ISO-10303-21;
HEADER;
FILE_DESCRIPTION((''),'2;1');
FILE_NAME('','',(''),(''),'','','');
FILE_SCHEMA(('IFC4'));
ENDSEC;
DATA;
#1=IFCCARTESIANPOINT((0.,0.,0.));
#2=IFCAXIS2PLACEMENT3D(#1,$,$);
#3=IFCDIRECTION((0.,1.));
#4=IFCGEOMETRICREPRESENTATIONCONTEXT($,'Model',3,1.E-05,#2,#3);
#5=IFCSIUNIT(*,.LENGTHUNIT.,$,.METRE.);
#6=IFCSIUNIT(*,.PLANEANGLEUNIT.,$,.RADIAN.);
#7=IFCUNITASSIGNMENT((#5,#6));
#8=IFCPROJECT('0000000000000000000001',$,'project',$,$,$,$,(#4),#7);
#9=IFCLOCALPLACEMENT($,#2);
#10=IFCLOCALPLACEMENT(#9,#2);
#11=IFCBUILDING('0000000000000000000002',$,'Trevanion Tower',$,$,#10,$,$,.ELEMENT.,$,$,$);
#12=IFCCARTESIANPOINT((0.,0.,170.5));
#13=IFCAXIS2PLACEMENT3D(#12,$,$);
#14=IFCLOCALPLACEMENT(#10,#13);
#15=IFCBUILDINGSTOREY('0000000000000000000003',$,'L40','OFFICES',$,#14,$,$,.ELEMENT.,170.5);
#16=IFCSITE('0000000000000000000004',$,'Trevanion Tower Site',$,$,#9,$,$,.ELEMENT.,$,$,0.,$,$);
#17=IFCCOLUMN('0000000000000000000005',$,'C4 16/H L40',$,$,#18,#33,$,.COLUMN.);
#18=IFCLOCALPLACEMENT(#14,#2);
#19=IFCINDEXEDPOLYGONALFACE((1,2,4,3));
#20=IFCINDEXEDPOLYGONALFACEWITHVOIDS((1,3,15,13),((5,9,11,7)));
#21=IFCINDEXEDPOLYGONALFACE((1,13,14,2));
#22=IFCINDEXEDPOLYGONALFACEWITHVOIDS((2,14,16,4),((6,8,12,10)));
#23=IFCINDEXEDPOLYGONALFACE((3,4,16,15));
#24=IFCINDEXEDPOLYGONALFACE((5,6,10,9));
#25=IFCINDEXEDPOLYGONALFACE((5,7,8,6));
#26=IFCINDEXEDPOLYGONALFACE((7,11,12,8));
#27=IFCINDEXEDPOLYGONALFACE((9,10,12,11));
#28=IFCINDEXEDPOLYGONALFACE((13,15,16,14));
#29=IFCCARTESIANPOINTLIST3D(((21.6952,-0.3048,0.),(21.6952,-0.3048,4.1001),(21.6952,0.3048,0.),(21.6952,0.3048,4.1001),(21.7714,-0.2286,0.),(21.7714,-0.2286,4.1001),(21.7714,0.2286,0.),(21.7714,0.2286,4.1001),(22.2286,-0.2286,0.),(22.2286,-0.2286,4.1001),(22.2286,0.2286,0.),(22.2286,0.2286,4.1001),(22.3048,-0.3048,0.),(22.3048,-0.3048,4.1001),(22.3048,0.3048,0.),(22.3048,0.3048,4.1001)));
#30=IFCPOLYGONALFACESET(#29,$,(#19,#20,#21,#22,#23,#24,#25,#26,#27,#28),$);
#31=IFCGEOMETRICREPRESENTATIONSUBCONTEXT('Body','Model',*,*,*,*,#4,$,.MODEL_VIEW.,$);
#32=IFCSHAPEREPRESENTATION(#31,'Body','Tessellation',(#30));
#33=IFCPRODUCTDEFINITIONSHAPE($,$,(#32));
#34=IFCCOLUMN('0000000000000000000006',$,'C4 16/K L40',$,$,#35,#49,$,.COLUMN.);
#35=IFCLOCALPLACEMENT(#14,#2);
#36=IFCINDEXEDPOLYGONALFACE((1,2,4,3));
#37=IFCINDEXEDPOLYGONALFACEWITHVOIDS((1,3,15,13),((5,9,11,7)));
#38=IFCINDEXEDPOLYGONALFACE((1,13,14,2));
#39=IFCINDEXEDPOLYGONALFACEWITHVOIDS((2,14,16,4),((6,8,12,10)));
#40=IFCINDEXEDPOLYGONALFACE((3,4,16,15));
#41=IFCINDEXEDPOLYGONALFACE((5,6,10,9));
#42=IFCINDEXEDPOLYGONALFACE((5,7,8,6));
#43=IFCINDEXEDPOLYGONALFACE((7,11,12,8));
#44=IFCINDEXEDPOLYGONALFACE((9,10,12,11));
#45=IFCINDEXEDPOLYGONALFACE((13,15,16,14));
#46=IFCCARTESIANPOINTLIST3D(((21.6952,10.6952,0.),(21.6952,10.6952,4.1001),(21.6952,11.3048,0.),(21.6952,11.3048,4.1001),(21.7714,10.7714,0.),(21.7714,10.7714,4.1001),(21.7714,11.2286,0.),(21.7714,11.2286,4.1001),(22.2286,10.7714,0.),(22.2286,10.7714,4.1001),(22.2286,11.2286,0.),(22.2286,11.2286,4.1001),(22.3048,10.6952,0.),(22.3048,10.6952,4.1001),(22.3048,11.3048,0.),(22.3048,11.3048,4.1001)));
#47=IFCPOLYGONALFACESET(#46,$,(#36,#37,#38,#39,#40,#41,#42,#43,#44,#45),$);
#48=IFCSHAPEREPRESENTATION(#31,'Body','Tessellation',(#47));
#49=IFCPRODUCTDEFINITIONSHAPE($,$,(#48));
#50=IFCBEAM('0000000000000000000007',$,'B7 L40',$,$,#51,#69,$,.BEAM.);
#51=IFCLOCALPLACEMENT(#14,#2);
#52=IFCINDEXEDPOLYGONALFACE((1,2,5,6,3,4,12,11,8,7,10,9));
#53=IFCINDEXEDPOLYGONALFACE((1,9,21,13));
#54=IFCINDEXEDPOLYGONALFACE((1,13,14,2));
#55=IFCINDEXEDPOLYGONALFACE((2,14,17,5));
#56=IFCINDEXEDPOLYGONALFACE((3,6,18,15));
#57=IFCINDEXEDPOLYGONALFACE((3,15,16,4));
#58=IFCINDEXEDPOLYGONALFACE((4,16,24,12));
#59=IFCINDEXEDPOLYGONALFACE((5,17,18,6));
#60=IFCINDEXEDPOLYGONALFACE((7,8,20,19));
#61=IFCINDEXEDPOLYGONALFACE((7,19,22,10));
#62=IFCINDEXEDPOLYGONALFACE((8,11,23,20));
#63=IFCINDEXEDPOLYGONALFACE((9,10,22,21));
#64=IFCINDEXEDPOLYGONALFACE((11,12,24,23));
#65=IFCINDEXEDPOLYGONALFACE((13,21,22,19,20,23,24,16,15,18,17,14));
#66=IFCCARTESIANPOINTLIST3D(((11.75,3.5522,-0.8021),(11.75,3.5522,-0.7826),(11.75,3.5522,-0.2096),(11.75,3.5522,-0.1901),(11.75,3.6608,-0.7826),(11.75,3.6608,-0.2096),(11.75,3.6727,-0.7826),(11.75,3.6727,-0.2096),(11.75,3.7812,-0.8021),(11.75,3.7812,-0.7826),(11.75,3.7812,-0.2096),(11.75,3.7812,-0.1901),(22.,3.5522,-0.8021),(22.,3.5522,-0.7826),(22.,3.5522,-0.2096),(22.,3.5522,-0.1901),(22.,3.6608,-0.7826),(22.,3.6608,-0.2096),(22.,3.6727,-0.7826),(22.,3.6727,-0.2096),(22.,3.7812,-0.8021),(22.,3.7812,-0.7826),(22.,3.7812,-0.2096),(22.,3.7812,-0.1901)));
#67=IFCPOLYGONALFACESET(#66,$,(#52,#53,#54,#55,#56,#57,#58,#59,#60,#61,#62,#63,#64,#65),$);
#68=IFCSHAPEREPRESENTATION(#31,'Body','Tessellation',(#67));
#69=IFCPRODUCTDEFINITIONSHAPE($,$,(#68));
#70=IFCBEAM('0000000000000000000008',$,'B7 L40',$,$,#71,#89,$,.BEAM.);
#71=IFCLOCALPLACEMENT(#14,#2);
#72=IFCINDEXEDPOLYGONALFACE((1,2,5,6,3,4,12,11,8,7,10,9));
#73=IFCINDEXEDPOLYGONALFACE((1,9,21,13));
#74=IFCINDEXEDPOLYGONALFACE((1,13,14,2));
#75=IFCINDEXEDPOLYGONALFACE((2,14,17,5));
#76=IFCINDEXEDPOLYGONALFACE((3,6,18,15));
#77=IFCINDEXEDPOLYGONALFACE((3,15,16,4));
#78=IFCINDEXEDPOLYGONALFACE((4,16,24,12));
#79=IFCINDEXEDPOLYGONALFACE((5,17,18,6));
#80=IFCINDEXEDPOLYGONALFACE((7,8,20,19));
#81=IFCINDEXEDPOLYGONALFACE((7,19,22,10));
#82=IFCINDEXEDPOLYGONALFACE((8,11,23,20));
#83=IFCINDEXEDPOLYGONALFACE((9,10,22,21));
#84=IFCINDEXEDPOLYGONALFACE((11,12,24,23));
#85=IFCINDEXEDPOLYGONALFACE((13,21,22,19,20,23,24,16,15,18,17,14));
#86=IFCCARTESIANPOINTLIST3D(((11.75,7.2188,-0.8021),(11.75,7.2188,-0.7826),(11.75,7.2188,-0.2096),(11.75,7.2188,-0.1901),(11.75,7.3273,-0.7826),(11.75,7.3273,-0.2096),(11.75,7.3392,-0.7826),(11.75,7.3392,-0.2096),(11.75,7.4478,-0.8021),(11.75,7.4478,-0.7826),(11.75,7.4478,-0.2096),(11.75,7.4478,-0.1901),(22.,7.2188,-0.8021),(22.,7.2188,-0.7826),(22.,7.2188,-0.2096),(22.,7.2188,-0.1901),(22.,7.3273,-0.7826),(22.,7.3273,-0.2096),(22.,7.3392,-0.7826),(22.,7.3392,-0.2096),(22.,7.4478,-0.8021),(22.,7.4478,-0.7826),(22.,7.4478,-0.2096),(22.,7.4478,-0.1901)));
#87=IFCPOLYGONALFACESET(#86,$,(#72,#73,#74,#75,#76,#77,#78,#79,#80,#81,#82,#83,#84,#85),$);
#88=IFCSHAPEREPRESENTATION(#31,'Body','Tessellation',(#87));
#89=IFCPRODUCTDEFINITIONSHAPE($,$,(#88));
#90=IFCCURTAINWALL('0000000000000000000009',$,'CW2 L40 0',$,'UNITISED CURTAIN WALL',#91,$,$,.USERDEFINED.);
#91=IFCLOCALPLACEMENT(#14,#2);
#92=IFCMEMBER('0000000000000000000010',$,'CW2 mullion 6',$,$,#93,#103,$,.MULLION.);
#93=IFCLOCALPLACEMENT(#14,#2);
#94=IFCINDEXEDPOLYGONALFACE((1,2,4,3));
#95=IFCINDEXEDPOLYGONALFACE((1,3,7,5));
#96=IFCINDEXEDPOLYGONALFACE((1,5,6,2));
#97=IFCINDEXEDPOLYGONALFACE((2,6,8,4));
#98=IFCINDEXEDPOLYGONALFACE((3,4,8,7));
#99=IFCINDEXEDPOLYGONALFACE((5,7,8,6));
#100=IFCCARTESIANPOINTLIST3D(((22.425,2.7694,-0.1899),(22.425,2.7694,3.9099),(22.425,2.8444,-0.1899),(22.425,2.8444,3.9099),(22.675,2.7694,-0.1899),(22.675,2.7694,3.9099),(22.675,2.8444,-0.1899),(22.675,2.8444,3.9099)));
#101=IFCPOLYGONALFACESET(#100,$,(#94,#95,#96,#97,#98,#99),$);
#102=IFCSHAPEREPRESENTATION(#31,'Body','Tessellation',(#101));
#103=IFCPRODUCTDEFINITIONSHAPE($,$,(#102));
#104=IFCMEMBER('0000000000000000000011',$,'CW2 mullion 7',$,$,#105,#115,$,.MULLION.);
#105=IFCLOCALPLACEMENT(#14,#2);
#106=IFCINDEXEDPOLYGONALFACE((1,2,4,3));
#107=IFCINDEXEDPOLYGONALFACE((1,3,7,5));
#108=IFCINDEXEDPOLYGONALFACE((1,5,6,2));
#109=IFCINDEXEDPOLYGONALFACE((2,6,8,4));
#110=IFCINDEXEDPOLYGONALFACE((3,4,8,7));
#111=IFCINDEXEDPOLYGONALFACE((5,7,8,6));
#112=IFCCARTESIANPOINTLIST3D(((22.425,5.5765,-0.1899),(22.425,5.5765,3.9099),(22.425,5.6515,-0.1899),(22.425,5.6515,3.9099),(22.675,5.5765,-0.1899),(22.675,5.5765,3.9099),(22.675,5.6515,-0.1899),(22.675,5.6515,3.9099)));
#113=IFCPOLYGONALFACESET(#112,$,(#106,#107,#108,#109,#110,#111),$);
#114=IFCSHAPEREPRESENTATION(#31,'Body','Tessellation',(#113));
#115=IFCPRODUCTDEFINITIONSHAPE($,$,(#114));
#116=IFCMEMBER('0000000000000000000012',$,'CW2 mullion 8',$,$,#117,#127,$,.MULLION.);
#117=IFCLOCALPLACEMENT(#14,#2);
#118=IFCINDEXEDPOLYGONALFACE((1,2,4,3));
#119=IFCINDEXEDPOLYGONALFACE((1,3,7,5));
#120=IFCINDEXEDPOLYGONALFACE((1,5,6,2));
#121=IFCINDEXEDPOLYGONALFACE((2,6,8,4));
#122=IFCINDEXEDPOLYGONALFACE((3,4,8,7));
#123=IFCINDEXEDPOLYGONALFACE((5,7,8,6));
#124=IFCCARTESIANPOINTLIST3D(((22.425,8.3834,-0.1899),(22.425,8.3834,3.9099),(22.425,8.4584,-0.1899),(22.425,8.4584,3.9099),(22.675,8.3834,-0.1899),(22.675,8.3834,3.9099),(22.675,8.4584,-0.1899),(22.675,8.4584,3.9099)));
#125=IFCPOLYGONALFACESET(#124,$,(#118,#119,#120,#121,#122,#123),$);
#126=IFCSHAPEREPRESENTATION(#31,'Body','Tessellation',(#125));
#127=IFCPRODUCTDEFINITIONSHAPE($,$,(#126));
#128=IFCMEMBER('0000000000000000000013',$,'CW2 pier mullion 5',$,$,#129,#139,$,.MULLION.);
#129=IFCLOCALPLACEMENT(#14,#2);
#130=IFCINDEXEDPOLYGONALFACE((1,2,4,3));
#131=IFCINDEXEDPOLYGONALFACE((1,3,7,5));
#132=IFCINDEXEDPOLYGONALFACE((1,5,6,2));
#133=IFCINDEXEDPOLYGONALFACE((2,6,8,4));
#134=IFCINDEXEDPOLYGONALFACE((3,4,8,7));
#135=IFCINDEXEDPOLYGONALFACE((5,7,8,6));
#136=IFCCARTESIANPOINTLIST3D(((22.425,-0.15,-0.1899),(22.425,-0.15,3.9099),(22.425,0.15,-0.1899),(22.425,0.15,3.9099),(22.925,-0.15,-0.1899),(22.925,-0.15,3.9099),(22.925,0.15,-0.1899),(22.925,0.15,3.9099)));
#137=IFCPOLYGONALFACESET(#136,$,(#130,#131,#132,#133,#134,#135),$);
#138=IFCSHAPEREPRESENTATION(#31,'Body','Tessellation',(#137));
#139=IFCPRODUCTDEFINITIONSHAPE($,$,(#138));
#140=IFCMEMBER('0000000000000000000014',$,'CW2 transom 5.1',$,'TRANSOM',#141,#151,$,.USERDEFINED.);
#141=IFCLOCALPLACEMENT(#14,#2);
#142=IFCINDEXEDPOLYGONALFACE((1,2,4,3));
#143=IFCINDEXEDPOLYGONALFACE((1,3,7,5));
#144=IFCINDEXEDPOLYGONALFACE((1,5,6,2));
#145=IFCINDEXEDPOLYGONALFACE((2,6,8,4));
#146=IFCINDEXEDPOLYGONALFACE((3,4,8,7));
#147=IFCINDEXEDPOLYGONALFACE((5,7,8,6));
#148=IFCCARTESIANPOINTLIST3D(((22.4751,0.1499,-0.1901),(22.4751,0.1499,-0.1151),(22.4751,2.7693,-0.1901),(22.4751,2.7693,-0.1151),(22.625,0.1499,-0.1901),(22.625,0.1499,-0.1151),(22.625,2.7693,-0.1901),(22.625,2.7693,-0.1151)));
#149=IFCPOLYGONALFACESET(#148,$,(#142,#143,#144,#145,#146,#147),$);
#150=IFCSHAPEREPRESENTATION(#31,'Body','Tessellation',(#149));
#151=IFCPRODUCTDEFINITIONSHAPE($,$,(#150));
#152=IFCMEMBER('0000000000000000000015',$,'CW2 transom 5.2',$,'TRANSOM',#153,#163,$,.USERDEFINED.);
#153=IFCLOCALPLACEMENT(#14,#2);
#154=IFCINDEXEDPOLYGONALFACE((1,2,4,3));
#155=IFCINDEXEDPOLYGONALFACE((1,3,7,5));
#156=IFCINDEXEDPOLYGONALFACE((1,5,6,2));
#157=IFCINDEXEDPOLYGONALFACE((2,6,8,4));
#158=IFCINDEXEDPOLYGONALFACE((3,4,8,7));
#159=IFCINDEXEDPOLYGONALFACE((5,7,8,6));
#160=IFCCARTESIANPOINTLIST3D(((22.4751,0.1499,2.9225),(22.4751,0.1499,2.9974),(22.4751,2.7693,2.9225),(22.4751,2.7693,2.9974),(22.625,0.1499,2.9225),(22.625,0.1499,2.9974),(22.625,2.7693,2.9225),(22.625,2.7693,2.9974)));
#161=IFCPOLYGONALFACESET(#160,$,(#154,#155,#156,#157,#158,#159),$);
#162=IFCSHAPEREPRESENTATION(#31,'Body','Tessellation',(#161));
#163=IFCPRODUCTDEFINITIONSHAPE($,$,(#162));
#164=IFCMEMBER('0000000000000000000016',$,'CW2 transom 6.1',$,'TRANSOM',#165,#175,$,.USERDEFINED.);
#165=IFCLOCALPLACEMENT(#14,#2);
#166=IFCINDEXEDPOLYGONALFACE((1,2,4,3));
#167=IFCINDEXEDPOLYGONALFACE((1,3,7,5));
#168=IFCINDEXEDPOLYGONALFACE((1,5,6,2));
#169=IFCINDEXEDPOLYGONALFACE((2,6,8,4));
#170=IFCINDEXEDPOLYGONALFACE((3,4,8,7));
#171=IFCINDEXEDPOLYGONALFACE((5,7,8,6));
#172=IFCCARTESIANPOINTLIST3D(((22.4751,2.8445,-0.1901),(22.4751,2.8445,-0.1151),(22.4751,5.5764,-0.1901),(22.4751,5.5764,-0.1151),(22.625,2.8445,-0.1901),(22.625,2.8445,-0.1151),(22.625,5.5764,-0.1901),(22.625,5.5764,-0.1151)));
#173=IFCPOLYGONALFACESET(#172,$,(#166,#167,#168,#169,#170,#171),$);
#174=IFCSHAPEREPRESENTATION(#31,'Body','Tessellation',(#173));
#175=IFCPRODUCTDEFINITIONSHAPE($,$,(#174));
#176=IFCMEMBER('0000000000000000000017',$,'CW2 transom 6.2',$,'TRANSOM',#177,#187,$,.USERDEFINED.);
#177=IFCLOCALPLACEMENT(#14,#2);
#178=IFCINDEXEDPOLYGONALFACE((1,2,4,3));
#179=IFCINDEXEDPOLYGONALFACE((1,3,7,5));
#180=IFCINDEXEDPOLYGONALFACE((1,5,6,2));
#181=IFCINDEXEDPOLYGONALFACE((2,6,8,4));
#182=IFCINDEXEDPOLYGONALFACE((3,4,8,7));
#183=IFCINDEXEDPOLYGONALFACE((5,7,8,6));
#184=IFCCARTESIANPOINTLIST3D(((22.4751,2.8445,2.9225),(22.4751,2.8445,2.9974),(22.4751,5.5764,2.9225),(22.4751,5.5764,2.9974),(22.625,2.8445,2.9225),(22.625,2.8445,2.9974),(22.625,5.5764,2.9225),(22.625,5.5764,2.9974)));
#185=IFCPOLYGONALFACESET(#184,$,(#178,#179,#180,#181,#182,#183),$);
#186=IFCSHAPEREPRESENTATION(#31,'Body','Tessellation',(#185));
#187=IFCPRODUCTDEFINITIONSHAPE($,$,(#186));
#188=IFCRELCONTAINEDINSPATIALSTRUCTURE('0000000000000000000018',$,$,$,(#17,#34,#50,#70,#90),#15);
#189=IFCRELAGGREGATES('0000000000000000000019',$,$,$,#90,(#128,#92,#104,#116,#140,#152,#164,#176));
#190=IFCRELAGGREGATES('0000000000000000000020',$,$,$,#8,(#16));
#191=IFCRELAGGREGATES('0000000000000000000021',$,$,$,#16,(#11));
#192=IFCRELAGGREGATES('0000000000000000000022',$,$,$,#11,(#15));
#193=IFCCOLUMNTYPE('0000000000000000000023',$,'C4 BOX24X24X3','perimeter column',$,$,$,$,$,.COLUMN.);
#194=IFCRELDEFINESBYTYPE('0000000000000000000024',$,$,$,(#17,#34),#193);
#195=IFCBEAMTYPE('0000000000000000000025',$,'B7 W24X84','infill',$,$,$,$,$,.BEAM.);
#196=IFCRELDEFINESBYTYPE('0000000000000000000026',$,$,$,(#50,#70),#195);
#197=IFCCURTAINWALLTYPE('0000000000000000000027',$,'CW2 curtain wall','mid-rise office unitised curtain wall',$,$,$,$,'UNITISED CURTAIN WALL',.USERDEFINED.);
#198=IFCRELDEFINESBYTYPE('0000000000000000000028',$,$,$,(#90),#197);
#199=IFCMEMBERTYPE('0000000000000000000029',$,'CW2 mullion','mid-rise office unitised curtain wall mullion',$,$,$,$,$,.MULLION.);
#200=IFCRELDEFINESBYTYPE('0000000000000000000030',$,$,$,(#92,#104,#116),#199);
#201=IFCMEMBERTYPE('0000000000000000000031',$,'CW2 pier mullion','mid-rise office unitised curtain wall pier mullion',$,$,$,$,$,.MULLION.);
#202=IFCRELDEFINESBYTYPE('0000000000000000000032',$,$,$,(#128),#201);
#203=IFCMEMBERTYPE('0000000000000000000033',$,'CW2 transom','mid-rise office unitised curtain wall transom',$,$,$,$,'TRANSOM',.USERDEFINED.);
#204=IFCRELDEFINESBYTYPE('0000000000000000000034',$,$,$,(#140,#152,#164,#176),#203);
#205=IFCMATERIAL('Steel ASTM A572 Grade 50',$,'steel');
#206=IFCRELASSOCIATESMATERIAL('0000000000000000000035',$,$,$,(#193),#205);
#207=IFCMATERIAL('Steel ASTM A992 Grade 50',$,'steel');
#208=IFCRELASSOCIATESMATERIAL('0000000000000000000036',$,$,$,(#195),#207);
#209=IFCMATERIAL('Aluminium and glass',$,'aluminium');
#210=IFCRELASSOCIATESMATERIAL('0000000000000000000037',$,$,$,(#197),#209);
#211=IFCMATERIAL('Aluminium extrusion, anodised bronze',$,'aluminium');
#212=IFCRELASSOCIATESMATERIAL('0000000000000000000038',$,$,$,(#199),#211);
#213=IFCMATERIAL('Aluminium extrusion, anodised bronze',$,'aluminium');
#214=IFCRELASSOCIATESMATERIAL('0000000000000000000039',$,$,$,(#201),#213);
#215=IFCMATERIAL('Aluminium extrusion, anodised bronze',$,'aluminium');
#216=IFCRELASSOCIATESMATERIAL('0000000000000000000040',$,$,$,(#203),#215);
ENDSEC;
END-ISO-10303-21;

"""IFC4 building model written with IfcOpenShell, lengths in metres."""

from ifc_helpers import new_model, si_unit, direction, frame, origin, origin_2d, place, context, subcontext, project, spatial, rectangle, hollow_rectangle, i_section, extrude, material, material_profile, profile_set, type_object, element, aggregate, save


model = new_model("IFC4")

# Units and contexts
model_context = context("Model", 3, precision=1e-05, world=origin(), true_north=direction((0.0, 1.0)))
body_context = subcontext(model_context, "Body", "Model", "MODEL_VIEW")
ifc_project = project(units=[si_unit("LENGTHUNIT", "METRE"), si_unit("PLANEANGLEUNIT", "RADIAN")], contexts=[model_context])

# Site, building, storey
site_placement = place(None, origin())
site = spatial("IfcSite", under=ifc_project, at=site_placement, Name="Trevanion Tower Site", CompositionType="ELEMENT", RefElevation=0.0)
building_placement = place(site_placement, origin())
building = spatial("IfcBuilding", under=site, at=building_placement, Name="Trevanion Tower", CompositionType="ELEMENT")
storey_placement = place(building_placement, frame((0.0, 0.0, 170.5)))
storey = spatial("IfcBuildingStorey", under=building, at=storey_placement, Name="L40", Description="OFFICES", CompositionType="ELEMENT", Elevation=170.5)

# Columns
ifc_material_1 = material(Name="Steel ASTM A572 Grade 50", Category="steel")
ifc_material_profile_1 = material_profile(ifc_material_1, hollow_rectangle(XDim=0.6096, YDim=0.6096, WallThickness=0.0762, at=origin_2d()), Name="BOX24X24X3")
ifc_profile_set_1 = profile_set([ifc_material_profile_1], Name="Steel ASTM A572 Grade 50")
column_type = type_object("IfcColumnType", Name="C4 BOX24X24X3", Description="perimeter column", PredefinedType="COLUMN", material=ifc_profile_set_1)
for number, where, z_axis, x_axis, name in (
    (1, (22.0, 0.0, 0.0), (0.0, 0.0, 1.0), (0.0, 1.0, 0.0), "C4 16/H L40"),
    (2, (22.0, 11.0, 0.0), (0.0, 0.0, 1.0), (0.0, 1.0, 0.0), "C4 16/K L40"),
):
    element("IfcColumn", number, at=place(storey_placement, frame(where, z_axis=z_axis, x_axis=x_axis)), inside=storey, type_object=column_type, Name=name, PredefinedType="COLUMN", context=body_context, shape_type="SweptSolid", body=[
        extrude(hollow_rectangle(XDim=0.6096, YDim=0.6096, WallThickness=0.0762, at=origin_2d()), origin(), (0.0, 0.0, 1.0), 4.1001),
    ])

# Beams
ifc_material_2 = material(Name="Steel ASTM A992 Grade 50", Category="steel")
ifc_material_profile_2 = material_profile(ifc_material_2, i_section(OverallWidth=0.229, OverallDepth=0.6121, WebThickness=0.012, FlangeThickness=0.0195, at=origin_2d()), Name="W24X84")
ifc_profile_set_2 = profile_set([ifc_material_profile_2], Name="Steel ASTM A992 Grade 50")
beam_type_1 = type_object("IfcBeamType", Name="B7 W24X84", Description="infill", PredefinedType="BEAM", material=ifc_profile_set_2)
for number, where, z_axis, x_axis, name in (
    (3, (11.75, 3.6667, -0.4961), (1.0, 0.0, 0.0), (0.0, 1.0, 0.0), "B7 L40"),
    (4, (11.75, 7.3333, -0.4961), (1.0, 0.0, 0.0), (0.0, 1.0, 0.0), "B7 L40"),
):
    element("IfcBeam", number, at=place(storey_placement, frame(where, z_axis=z_axis, x_axis=x_axis)), inside=storey, type_object=beam_type_1, Name=name, PredefinedType="BEAM", context=body_context, shape_type="SweptSolid", body=[
        extrude(i_section(OverallWidth=0.229, OverallDepth=0.6121, WebThickness=0.012, FlangeThickness=0.0195, at=origin_2d()), origin(), (0.0, 0.0, 1.0), 10.25),
    ])

# Curtain wall, members
ifc_material_3 = material(Name="Aluminium and glass", Category="aluminium")
curtain_wall_type = type_object("IfcCurtainWallType", Name="CW2 curtain wall", Description="mid-rise office unitised curtain wall", ElementType="UNITISED CURTAIN WALL", PredefinedType="USERDEFINED", material=ifc_material_3)
curtain_wall_placement = place(storey_placement, origin())
curtain_wall = element("IfcCurtainWall", 5, at=curtain_wall_placement, inside=storey, type_object=curtain_wall_type, Name="CW2 L40 0", ObjectType="UNITISED CURTAIN WALL", PredefinedType="USERDEFINED")
ifc_material_4 = material(Name="Aluminium extrusion, anodised bronze", Category="aluminium")
ifc_material_profile_3 = material_profile(ifc_material_4, rectangle(XDim=0.075, YDim=0.25, at=origin_2d()), Name="CW2 mullion")
ifc_profile_set_3 = profile_set([ifc_material_profile_3], Name="Aluminium extrusion, anodised bronze")
member_type_1 = type_object("IfcMemberType", Name="CW2 mullion", Description="mid-rise office unitised curtain wall mullion", PredefinedType="MULLION", material=ifc_profile_set_3)
member_1_placement = place(storey_placement, frame((22.55, 2.8069, -0.1899), z_axis=(0.0, 0.0, 1.0), x_axis=(0.0, 1.0, 0.0)))
member_1 = element("IfcMember", 6, at=member_1_placement, type_object=member_type_1, Name="CW2 mullion 6", PredefinedType="MULLION", context=body_context, shape_type="SweptSolid", body=[
    extrude(rectangle(XDim=0.075, YDim=0.25, at=origin_2d()), origin(), (0.0, 0.0, 1.0), 4.0999),
])
member_2_placement = place(storey_placement, frame((22.55, 5.614, -0.1899), z_axis=(0.0, 0.0, 1.0), x_axis=(0.0, 1.0, 0.0)))
member_2 = element("IfcMember", 7, at=member_2_placement, type_object=member_type_1, Name="CW2 mullion 7", PredefinedType="MULLION", context=body_context, shape_type="SweptSolid", body=[
    extrude(rectangle(XDim=0.075, YDim=0.25, at=origin_2d()), origin(), (0.0, 0.0, 1.0), 4.0999),
])
member_3_placement = place(storey_placement, frame((22.55, 8.4209, -0.1899), z_axis=(0.0, 0.0, 1.0), x_axis=(0.0, 1.0, 0.0)))
member_3 = element("IfcMember", 8, at=member_3_placement, type_object=member_type_1, Name="CW2 mullion 8", PredefinedType="MULLION", context=body_context, shape_type="SweptSolid", body=[
    extrude(rectangle(XDim=0.075, YDim=0.25, at=origin_2d()), origin(), (0.0, 0.0, 1.0), 4.0999),
])
ifc_material_5 = material(Name="Aluminium extrusion, anodised bronze", Category="aluminium")
ifc_material_profile_4 = material_profile(ifc_material_5, rectangle(XDim=0.3, YDim=0.5, at=origin_2d()), Name="CW2 pier mullion")
ifc_profile_set_4 = profile_set([ifc_material_profile_4], Name="Aluminium extrusion, anodised bronze")
member_type_2 = type_object("IfcMemberType", Name="CW2 pier mullion", Description="mid-rise office unitised curtain wall pier mullion", PredefinedType="MULLION", material=ifc_profile_set_4)
member_4_placement = place(storey_placement, frame((22.675, 0.0, -0.1899), z_axis=(0.0, 0.0, 1.0), x_axis=(0.0, 1.0, 0.0)))
member_4 = element("IfcMember", 9, at=member_4_placement, type_object=member_type_2, Name="CW2 pier mullion 5", PredefinedType="MULLION", context=body_context, shape_type="SweptSolid", body=[
    extrude(rectangle(XDim=0.3, YDim=0.5, at=origin_2d()), origin(), (0.0, 0.0, 1.0), 4.0999),
])
ifc_material_6 = material(Name="Aluminium extrusion, anodised bronze", Category="aluminium")
ifc_material_profile_5 = material_profile(ifc_material_6, rectangle(XDim=0.1499, YDim=0.075, at=origin_2d()), Name="CW2 transom")
ifc_profile_set_5 = profile_set([ifc_material_profile_5], Name="Aluminium extrusion, anodised bronze")
member_type_3 = type_object("IfcMemberType", Name="CW2 transom", Description="mid-rise office unitised curtain wall transom", ElementType="TRANSOM", PredefinedType="USERDEFINED", material=ifc_profile_set_5)
member_5_placement = place(storey_placement, frame((22.55, 0.1499, -0.1526), z_axis=(0.0, 1.0, 0.0), x_axis=(-1.0, 0.0, 0.0)))
member_5 = element("IfcMember", 10, at=member_5_placement, type_object=member_type_3, Name="CW2 transom 5.1", ObjectType="TRANSOM", PredefinedType="USERDEFINED", context=body_context, shape_type="SweptSolid", body=[
    extrude(rectangle(XDim=0.1499, YDim=0.075, at=origin_2d()), origin(), (0.0, 0.0, 1.0), 2.6194),
])
member_6_placement = place(storey_placement, frame((22.55, 0.1499, 2.96), z_axis=(0.0, 1.0, 0.0), x_axis=(-1.0, 0.0, 0.0)))
member_6 = element("IfcMember", 11, at=member_6_placement, type_object=member_type_3, Name="CW2 transom 5.2", ObjectType="TRANSOM", PredefinedType="USERDEFINED", context=body_context, shape_type="SweptSolid", body=[
    extrude(rectangle(XDim=0.1499, YDim=0.075, at=origin_2d()), origin(), (0.0, 0.0, 1.0), 2.6194),
])
member_7_placement = place(storey_placement, frame((22.55, 2.8445, -0.1526), z_axis=(0.0, 1.0, 0.0), x_axis=(-1.0, 0.0, 0.0)))
member_7 = element("IfcMember", 12, at=member_7_placement, type_object=member_type_3, Name="CW2 transom 6.1", ObjectType="TRANSOM", PredefinedType="USERDEFINED", context=body_context, shape_type="SweptSolid", body=[
    extrude(rectangle(XDim=0.1499, YDim=0.075, at=origin_2d()), origin(), (0.0, 0.0, 1.0), 2.7319),
])
member_8_placement = place(storey_placement, frame((22.55, 2.8445, 2.96), z_axis=(0.0, 1.0, 0.0), x_axis=(-1.0, 0.0, 0.0)))
member_8 = element("IfcMember", 13, at=member_8_placement, type_object=member_type_3, Name="CW2 transom 6.2", ObjectType="TRANSOM", PredefinedType="USERDEFINED", context=body_context, shape_type="SweptSolid", body=[
    extrude(rectangle(XDim=0.1499, YDim=0.075, at=origin_2d()), origin(), (0.0, 0.0, 1.0), 2.7319),
])

aggregate(curtain_wall, [member_4, member_1, member_2, member_3, member_5, member_6, member_7, member_8])

save(model, "model.ifc")
